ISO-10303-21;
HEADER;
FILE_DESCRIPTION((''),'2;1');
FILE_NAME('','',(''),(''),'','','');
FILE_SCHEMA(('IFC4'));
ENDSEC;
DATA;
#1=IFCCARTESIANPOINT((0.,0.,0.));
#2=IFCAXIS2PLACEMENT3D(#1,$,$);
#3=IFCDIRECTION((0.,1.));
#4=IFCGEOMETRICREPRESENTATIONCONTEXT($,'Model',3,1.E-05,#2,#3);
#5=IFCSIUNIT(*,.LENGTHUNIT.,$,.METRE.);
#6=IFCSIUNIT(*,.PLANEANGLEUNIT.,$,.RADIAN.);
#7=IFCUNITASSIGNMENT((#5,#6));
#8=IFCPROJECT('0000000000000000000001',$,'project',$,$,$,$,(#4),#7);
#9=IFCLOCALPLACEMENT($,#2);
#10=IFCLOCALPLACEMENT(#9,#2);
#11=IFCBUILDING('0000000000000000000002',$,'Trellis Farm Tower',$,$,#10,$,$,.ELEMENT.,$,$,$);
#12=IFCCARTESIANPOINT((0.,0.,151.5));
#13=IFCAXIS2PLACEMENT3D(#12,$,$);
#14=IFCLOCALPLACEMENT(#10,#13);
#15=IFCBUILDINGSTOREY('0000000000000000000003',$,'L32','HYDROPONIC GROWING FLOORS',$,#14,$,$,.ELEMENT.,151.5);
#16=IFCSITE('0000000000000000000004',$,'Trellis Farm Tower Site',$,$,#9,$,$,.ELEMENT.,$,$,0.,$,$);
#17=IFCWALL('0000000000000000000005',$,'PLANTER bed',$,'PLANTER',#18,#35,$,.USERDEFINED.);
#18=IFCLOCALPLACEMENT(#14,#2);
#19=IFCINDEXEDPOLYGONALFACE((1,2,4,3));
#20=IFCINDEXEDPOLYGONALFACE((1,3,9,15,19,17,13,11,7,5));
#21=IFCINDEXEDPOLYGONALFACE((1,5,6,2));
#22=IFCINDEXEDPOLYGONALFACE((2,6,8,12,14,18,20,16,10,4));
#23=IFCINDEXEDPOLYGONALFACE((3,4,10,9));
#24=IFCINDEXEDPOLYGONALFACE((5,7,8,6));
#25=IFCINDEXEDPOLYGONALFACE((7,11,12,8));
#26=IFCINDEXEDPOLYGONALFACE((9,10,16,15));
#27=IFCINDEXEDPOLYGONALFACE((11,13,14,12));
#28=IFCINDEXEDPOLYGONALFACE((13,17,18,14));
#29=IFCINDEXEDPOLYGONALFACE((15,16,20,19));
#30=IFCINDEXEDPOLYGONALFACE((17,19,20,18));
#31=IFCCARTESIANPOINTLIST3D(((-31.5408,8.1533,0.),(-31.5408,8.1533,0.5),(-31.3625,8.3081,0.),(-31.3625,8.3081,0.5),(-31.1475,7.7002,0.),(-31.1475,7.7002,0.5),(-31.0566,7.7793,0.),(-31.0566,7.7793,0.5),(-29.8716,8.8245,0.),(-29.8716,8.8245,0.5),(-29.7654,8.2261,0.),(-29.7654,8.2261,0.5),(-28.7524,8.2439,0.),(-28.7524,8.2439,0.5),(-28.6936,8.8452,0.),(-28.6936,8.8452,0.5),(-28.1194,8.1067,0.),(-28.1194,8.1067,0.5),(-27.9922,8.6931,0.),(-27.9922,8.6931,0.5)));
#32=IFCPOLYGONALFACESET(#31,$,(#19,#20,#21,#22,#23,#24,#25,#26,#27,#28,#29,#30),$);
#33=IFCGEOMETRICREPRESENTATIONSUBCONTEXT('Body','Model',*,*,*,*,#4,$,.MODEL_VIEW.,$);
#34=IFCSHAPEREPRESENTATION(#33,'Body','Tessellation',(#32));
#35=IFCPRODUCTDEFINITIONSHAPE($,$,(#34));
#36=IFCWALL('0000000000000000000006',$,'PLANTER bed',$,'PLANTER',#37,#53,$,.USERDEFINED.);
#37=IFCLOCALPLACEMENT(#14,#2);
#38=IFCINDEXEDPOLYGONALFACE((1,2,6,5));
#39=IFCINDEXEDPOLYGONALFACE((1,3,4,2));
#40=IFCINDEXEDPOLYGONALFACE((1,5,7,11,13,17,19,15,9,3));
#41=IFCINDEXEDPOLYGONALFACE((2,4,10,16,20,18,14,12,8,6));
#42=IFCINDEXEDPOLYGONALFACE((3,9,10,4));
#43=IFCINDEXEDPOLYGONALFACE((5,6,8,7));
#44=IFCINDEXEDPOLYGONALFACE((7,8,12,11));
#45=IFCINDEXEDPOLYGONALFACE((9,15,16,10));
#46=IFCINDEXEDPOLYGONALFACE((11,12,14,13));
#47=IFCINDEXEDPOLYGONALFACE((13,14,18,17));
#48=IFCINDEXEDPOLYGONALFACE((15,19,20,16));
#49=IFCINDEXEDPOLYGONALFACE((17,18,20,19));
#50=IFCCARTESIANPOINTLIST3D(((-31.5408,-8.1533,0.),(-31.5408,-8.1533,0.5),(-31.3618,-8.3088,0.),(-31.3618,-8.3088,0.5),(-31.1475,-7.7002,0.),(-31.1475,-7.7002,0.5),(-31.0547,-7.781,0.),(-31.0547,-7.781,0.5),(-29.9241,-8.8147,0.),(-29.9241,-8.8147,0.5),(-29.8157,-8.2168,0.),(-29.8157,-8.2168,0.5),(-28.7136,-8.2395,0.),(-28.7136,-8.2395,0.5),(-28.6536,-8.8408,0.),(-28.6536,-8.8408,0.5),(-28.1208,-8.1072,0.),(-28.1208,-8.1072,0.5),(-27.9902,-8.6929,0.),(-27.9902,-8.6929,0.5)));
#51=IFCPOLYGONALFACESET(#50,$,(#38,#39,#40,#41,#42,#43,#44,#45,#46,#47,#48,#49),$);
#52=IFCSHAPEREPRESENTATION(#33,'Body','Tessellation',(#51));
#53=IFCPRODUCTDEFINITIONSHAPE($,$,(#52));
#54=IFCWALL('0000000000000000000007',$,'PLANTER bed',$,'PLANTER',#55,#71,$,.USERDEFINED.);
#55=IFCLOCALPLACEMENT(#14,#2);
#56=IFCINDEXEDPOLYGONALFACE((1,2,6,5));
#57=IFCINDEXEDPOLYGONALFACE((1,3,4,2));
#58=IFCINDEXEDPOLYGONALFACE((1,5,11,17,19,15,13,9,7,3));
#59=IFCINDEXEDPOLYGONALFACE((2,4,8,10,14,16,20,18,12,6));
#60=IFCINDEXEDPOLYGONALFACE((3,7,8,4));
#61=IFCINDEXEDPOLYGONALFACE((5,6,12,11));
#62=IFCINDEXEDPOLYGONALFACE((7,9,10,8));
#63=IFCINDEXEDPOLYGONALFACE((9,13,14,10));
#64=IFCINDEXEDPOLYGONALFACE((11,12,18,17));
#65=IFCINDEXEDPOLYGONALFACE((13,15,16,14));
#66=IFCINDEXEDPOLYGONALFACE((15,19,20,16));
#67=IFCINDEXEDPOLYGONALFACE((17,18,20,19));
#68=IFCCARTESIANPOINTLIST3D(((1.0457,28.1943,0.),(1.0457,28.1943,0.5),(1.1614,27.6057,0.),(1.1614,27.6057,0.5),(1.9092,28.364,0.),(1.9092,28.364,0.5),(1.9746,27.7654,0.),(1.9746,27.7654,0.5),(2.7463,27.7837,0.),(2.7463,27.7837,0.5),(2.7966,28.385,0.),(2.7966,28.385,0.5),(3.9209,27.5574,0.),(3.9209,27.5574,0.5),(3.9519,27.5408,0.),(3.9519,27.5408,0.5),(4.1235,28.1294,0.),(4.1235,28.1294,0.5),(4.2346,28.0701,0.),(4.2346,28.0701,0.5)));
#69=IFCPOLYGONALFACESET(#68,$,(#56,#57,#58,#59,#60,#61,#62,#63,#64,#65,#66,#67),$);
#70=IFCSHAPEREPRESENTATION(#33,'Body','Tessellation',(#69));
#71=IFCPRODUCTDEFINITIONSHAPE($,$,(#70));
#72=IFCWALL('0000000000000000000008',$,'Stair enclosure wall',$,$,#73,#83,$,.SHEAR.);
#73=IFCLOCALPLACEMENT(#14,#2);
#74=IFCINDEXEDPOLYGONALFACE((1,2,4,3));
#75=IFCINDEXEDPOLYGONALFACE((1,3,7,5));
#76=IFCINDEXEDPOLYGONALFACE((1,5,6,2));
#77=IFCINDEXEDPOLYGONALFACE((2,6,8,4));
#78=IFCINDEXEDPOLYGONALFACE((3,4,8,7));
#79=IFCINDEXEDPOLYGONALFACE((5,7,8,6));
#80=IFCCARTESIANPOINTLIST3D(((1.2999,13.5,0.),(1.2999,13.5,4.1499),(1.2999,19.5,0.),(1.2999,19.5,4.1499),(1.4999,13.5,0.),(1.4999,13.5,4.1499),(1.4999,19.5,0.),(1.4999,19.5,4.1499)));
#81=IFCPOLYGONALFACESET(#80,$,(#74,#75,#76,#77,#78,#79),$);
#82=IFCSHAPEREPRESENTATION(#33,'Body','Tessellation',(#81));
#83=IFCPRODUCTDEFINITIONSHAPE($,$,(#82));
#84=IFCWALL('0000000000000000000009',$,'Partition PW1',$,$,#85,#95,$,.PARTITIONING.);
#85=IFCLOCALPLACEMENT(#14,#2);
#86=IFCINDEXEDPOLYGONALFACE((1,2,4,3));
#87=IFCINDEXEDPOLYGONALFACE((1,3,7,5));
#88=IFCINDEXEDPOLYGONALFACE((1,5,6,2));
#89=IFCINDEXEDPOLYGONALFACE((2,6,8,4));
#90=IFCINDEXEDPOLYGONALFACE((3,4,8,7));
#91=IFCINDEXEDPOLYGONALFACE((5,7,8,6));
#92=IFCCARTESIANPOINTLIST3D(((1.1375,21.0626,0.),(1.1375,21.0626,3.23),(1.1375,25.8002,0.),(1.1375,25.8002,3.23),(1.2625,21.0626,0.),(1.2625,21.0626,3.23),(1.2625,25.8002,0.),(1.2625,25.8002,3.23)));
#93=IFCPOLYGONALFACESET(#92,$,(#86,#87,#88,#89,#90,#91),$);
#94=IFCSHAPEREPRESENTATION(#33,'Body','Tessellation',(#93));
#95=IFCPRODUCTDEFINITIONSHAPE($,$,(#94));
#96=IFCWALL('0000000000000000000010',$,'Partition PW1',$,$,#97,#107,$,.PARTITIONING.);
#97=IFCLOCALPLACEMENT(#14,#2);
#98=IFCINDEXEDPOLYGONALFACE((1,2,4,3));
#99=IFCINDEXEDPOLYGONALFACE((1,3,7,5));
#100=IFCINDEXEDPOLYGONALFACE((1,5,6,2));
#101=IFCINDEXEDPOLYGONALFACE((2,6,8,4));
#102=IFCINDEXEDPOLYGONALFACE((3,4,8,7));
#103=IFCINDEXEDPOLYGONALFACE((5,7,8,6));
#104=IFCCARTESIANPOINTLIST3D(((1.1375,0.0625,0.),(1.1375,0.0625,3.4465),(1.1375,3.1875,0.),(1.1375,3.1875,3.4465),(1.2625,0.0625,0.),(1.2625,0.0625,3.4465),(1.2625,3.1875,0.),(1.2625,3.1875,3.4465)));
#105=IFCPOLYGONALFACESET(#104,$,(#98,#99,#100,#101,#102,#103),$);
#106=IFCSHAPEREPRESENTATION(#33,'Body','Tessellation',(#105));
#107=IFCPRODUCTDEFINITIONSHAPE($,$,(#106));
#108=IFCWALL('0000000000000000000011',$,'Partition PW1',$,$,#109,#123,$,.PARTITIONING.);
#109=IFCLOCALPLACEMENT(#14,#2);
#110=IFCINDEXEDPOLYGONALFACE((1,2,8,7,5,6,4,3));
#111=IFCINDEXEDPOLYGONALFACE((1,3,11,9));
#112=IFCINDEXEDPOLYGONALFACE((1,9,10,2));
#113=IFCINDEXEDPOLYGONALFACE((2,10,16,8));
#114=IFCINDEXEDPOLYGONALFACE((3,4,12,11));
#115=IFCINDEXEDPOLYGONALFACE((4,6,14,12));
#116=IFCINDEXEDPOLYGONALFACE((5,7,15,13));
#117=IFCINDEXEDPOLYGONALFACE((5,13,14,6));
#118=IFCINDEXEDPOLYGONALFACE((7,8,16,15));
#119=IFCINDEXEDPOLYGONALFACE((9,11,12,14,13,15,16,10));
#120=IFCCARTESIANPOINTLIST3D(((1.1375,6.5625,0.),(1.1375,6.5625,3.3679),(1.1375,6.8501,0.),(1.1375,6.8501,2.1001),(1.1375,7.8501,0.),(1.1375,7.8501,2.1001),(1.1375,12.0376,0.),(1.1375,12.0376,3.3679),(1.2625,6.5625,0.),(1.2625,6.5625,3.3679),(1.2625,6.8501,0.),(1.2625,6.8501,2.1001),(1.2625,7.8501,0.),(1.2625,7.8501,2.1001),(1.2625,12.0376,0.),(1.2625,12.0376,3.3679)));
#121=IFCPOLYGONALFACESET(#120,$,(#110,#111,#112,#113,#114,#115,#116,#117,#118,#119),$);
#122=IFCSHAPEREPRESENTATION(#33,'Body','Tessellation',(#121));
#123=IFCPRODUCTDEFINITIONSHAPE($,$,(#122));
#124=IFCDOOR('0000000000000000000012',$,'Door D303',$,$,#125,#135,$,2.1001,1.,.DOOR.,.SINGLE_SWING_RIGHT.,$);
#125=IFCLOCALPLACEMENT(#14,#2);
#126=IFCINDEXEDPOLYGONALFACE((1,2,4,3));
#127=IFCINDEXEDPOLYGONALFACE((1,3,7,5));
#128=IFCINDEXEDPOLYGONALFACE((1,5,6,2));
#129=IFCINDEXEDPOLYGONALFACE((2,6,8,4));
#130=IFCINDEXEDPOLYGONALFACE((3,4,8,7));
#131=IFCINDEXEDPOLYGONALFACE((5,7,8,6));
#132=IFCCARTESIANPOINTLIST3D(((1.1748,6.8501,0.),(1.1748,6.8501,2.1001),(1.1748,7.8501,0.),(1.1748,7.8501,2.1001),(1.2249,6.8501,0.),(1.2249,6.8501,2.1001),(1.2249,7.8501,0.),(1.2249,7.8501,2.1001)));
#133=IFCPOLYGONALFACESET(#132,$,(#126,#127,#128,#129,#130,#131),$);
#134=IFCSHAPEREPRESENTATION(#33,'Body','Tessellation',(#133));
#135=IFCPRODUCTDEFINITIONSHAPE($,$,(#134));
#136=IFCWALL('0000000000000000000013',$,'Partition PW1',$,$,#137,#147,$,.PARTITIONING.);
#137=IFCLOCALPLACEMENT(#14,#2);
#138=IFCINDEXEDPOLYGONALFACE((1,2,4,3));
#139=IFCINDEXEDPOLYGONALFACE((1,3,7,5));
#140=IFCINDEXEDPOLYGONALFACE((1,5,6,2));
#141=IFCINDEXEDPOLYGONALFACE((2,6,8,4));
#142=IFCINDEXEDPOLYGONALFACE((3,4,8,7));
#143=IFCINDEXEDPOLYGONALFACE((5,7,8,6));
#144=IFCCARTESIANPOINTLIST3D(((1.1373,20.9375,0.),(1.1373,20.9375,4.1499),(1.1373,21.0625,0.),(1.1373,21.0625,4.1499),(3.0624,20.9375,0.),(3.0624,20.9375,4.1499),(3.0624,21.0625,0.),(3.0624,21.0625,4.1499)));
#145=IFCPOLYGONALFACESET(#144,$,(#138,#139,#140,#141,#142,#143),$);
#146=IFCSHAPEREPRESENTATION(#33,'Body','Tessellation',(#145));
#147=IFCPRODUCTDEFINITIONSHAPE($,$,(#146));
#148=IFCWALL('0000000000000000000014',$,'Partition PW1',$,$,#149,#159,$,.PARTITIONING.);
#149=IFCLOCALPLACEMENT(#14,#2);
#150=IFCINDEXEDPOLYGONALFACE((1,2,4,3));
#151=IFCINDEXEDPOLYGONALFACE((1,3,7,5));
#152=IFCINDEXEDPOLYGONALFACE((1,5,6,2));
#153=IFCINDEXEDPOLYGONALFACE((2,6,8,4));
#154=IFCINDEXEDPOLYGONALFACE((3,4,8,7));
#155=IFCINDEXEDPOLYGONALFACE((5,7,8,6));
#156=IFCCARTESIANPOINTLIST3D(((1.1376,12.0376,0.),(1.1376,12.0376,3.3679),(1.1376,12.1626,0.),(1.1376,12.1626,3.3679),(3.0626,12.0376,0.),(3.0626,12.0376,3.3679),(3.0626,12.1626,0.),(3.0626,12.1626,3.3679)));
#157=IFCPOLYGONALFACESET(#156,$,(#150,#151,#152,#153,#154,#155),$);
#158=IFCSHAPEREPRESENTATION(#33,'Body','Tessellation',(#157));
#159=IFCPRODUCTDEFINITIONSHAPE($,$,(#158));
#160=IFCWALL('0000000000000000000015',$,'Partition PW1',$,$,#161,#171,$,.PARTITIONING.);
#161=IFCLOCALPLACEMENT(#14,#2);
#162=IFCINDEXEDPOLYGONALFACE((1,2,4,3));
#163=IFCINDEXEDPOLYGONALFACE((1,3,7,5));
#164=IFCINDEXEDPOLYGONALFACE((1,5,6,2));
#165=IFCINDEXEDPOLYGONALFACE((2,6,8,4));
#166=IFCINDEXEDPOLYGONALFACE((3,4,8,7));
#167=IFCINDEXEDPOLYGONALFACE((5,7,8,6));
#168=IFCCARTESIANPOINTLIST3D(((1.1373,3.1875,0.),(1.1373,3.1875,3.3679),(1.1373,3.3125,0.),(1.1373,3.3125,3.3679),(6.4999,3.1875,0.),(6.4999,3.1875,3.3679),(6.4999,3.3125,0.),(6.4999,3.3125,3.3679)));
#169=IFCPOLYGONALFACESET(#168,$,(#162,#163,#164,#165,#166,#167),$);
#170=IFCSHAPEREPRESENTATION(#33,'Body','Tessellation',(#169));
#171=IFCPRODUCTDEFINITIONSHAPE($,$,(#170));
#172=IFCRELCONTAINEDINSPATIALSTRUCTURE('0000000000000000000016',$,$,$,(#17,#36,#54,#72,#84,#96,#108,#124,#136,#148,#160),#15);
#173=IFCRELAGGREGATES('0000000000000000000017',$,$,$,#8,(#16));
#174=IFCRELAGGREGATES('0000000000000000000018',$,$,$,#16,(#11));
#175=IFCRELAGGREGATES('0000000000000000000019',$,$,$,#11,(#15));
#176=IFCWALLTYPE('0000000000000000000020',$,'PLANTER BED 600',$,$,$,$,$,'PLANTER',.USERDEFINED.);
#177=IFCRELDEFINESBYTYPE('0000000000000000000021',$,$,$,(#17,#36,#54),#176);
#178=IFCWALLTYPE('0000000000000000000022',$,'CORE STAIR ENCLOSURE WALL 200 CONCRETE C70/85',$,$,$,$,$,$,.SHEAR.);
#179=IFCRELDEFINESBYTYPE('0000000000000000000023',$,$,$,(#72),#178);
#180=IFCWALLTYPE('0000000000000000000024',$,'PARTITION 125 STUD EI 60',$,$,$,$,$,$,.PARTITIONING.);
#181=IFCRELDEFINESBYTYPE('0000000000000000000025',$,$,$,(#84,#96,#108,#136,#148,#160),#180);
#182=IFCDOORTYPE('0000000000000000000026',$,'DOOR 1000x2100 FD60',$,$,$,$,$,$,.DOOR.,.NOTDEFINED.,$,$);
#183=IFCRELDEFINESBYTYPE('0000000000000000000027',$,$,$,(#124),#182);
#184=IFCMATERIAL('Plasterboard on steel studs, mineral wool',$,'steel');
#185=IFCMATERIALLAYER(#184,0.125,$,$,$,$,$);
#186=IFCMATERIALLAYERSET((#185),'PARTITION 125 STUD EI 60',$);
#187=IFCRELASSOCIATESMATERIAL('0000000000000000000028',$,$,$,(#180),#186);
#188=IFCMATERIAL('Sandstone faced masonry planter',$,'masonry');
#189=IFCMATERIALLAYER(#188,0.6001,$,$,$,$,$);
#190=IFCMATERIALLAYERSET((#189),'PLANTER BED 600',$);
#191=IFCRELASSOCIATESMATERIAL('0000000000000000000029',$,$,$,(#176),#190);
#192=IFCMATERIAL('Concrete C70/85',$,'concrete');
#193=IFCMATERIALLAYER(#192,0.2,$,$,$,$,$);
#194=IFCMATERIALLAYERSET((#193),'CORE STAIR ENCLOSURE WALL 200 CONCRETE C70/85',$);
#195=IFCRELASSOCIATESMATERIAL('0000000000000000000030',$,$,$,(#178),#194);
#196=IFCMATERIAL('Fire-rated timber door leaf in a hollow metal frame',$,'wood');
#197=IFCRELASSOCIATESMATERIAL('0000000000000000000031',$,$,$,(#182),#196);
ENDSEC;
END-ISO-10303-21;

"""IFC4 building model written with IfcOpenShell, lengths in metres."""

from ifc_helpers import new_model, si_unit, direction, frame, frame_2d, origin, place, context, subcontext, project, spatial, polyline, rectangle, outline, extrude, source, transform, mapped, material, layer, layer_set, type_object, element, fill, save


model = new_model("IFC4")

# Units and contexts
model_context = context("Model", 3, precision=1e-05, world=origin(), true_north=direction((0.0, 1.0)))
body_context = subcontext(model_context, "Body", "Model", "MODEL_VIEW")
ifc_project = project(units=[si_unit("LENGTHUNIT", "METRE"), si_unit("PLANEANGLEUNIT", "RADIAN")], contexts=[model_context])

# Site, building, storey
site_placement = place(None, origin())
site = spatial("IfcSite", under=ifc_project, at=site_placement, Name="Trellis Farm Tower Site", CompositionType="ELEMENT", RefElevation=0.0)
building_placement = place(site_placement, origin())
building = spatial("IfcBuilding", under=site, at=building_placement, Name="Trellis Farm Tower", CompositionType="ELEMENT")
storey_placement = place(building_placement, frame((0.0, 0.0, 151.5)))
storey = spatial("IfcBuildingStorey", under=building, at=storey_placement, Name="L32", Description="HYDROPONIC GROWING FLOORS", CompositionType="ELEMENT", Elevation=151.5)

# Shared definitions
placement = place(storey_placement, origin())

# Shared definitions
ifc_material_1 = material(Name="Plasterboard on steel studs, mineral wool", Category="steel")
ifc_layer_1 = layer(ifc_material_1, 0.125)
ifc_layer_set_1 = layer_set([ifc_layer_1], Name="PARTITION 125 STUD EI 60")
wall_type_1 = type_object("IfcWallType", Name="PARTITION 125 STUD EI 60", PredefinedType="PARTITIONING", material=ifc_layer_set_1)
shared_shape_1 = source(origin(), body_context, "Body", "SweptSolid", [
    extrude(rectangle(XDim=1.0, YDim=2.1001, at=frame_2d((0.5, 1.05))), frame((0.0, 0.0725, 0.0), z_axis=(0.0, -1.0, 0.0), x_axis=(1.0, 0.0, 0.0)), (0.0, 0.0, 1.0), 0.145),
])
ifc_material_2 = material(Name="Fire-rated timber door leaf in a hollow metal frame", Category="wood")
shared_shape_2 = source(origin(), body_context, "Body", "SweptSolid", [
    extrude(rectangle(XDim=1.0, YDim=2.1001, at=frame_2d((0.5, 1.05))), frame((0.0, 0.0249, 0.0), z_axis=(0.0, -1.0, 0.0), x_axis=(1.0, 0.0, 0.0)), (0.0, 0.0, 1.0), 0.05),
])

# Walls
ifc_material_3 = material(Name="Sandstone faced masonry planter", Category="masonry")
ifc_layer_2 = layer(ifc_material_3, 0.6001)
ifc_layer_set_2 = layer_set([ifc_layer_2], Name="PLANTER BED 600")
wall_type_2 = type_object("IfcWallType", Name="PLANTER BED 600", ElementType="PLANTER", PredefinedType="USERDEFINED", material=ifc_layer_set_2)
element("IfcWall", 1, at=placement, inside=storey, type_object=wall_type_2, Name="PLANTER bed", ObjectType="PLANTER", PredefinedType="USERDEFINED", context=body_context, shape_type="SweptSolid", body=[
    extrude(outline(polyline([(-31.3625, 8.3081), (-29.8716, 8.8245), (-28.6936, 8.8452), (-27.9922, 8.6931), (-28.1194, 8.1067), (-28.7524, 8.2439), (-29.7654, 8.2261), (-31.0566, 7.7793), (-31.1475, 7.7002), (-31.5408, 8.1533), (-31.3625, 8.3081)])), origin(), (0.0, 0.0, 1.0), 0.5),
])
element("IfcWall", 2, at=placement, inside=storey, type_object=wall_type_2, Name="PLANTER bed", ObjectType="PLANTER", PredefinedType="USERDEFINED", context=body_context, shape_type="SweptSolid", body=[
    extrude(outline(polyline([(-29.9241, -8.8147), (-31.3618, -8.3088), (-31.5408, -8.1533), (-31.1475, -7.7002), (-31.0547, -7.781), (-29.8157, -8.2168), (-28.7136, -8.2395), (-28.1208, -8.1072), (-27.9902, -8.6929), (-28.6536, -8.8408), (-29.9241, -8.8147)])), origin(), (0.0, 0.0, 1.0), 0.5),
])
element("IfcWall", 3, at=placement, inside=storey, type_object=wall_type_2, Name="PLANTER bed", ObjectType="PLANTER", PredefinedType="USERDEFINED", context=body_context, shape_type="SweptSolid", body=[
    extrude(outline(polyline([(2.7966, 28.385), (4.1235, 28.1294), (4.2346, 28.0701), (3.9519, 27.5408), (3.9209, 27.5574), (2.7463, 27.7837), (1.9746, 27.7654), (1.1614, 27.6057), (1.0457, 28.1943), (1.9092, 28.364), (2.7966, 28.385)])), origin(), (0.0, 0.0, 1.0), 0.5),
])
ifc_material_4 = material(Name="Concrete C70/85", Category="concrete")
ifc_layer_3 = layer(ifc_material_4, 0.2)
ifc_layer_set_3 = layer_set([ifc_layer_3], Name="CORE STAIR ENCLOSURE WALL 200 CONCRETE C70/85")
wall_type_3 = type_object("IfcWallType", Name="CORE STAIR ENCLOSURE WALL 200 CONCRETE C70/85", PredefinedType="SHEAR", material=ifc_layer_set_3)
shared_shape_3 = source(origin(), body_context, "Body", "SweptSolid", [
    extrude(rectangle(XDim=6.0, YDim=0.2, at=frame_2d((3.0, 0.0))), origin(), (0.0, 0.0, 1.0), 4.1499),
])
wall_1_placement = place(storey_placement, frame((1.3999, 13.5, 0.0), z_axis=(0.0, 0.0, 1.0), x_axis=(0.0, 1.0, 0.0)))
element("IfcWall", 4, at=wall_1_placement, inside=storey, type_object=wall_type_3, Name="Stair enclosure wall", PredefinedType="SHEAR", context=body_context, shape_type="MappedRepresentation", body=[
    mapped(shared_shape_3, transform((0.0, 0.0, 0.0))),
])
shared_shape_4 = source(origin(), body_context, "Body", "SweptSolid", [
    extrude(rectangle(XDim=4.7375, YDim=0.125, at=frame_2d((2.3687, 0.0))), origin(), (0.0, 0.0, 1.0), 3.23),
])
wall_2_placement = place(storey_placement, frame((1.2, 25.8, 0.0), z_axis=(0.0, 0.0, 1.0), x_axis=(0.0, -1.0, 0.0)))
element("IfcWall", 5, at=wall_2_placement, inside=storey, type_object=wall_type_1, Name="Partition PW1", PredefinedType="PARTITIONING", context=body_context, shape_type="MappedRepresentation", body=[
    mapped(shared_shape_4, transform((0.0, 0.0, 0.0))),
])
shared_shape_5 = source(origin(), body_context, "Body", "SweptSolid", [
    extrude(rectangle(XDim=3.125, YDim=0.125, at=frame_2d((1.5625, 0.0))), origin(), (0.0, 0.0, 1.0), 3.4465),
])
wall_3_placement = place(storey_placement, frame((1.2, 3.1875, 0.0), z_axis=(0.0, 0.0, 1.0), x_axis=(0.0, -1.0, 0.0)))
element("IfcWall", 6, at=wall_3_placement, inside=storey, type_object=wall_type_1, Name="Partition PW1", PredefinedType="PARTITIONING", context=body_context, shape_type="MappedRepresentation", body=[
    mapped(shared_shape_5, transform((0.0, 0.0, 0.0))),
])

# Wall, opening, door
shared_shape_6 = source(origin(), body_context, "Body", "SweptSolid", [
    extrude(rectangle(XDim=5.4751, YDim=0.125, at=frame_2d((2.7375, 0.0))), origin(), (0.0, 0.0, 1.0), 3.3679),
])
wall_4_placement = place(storey_placement, frame((1.2, 12.0376, 0.0), z_axis=(0.0, 0.0, 1.0), x_axis=(0.0, -1.0, 0.0)))
wall_4 = element("IfcWall", 7, at=wall_4_placement, inside=storey, type_object=wall_type_1, Name="Partition PW1", PredefinedType="PARTITIONING", context=body_context, shape_type="MappedRepresentation", body=[
    mapped(shared_shape_6, transform((0.0, 0.0, 0.0))),
])
opening_1_placement = place(wall_4_placement, frame((4.1875, 0.0, 0.0)))
opening_1 = element("IfcOpeningElement", 8, at=opening_1_placement, cuts=wall_4, PredefinedType="OPENING", context=body_context, shape_type="MappedRepresentation", body=[
    mapped(shared_shape_1, transform((0.0, 0.0, 0.0))),
])
door_type_1 = type_object("IfcDoorType", Name="DOOR 1000x2100 FD60", OperationType="NOTDEFINED", PredefinedType="DOOR", material=ifc_material_2)
door_1_placement = place(opening_1_placement, origin())
door_1 = element("IfcDoor", 9, at=door_1_placement, inside=storey, type_object=door_type_1, Name="Door D303", OperationType="SINGLE_SWING_RIGHT", OverallHeight=2.1001, OverallWidth=1.0, PredefinedType="DOOR", context=body_context, shape_type="MappedRepresentation", body=[
    mapped(shared_shape_2, transform((0.0, 0.0, 0.0))),
])
fill(opening_1, door_1)

# Walls
shared_shape_7 = source(origin(), body_context, "Body", "SweptSolid", [
    extrude(rectangle(XDim=1.925, YDim=0.125, at=frame_2d((0.9624, 0.0))), origin(), (0.0, 0.0, 1.0), 4.1499),
])
wall_5_placement = place(storey_placement, frame((1.1375, 21.0, 0.0), z_axis=(0.0, 0.0, 1.0), x_axis=(1.0, 0.0, 0.0)))
element("IfcWall", 10, at=wall_5_placement, inside=storey, type_object=wall_type_1, Name="Partition PW1", PredefinedType="PARTITIONING", context=body_context, shape_type="MappedRepresentation", body=[
    mapped(shared_shape_7, transform((0.0, 0.0, 0.0))),
])
shared_shape_8 = source(origin(), body_context, "Body", "SweptSolid", [
    extrude(rectangle(XDim=1.925, YDim=0.125, at=frame_2d((0.9624, 0.0))), origin(), (0.0, 0.0, 1.0), 3.3679),
])
wall_6_placement = place(storey_placement, frame((3.0625, 12.1001, 0.0), z_axis=(0.0, 0.0, 1.0), x_axis=(-1.0, 0.0, 0.0)))
element("IfcWall", 11, at=wall_6_placement, inside=storey, type_object=wall_type_1, Name="Partition PW1", PredefinedType="PARTITIONING", context=body_context, shape_type="MappedRepresentation", body=[
    mapped(shared_shape_8, transform((0.0, 0.0, 0.0))),
])
shared_shape_9 = source(origin(), body_context, "Body", "SweptSolid", [
    extrude(rectangle(XDim=5.3625, YDim=0.125, at=frame_2d((2.6812, 0.0))), origin(), (0.0, 0.0, 1.0), 3.3679),
])
wall_7_placement = place(storey_placement, frame((1.1375, 3.25, 0.0), z_axis=(0.0, 0.0, 1.0), x_axis=(1.0, 0.0, 0.0)))
element("IfcWall", 12, at=wall_7_placement, inside=storey, type_object=wall_type_1, Name="Partition PW1", PredefinedType="PARTITIONING", context=body_context, shape_type="MappedRepresentation", body=[
    mapped(shared_shape_9, transform((0.0, 0.0, 0.0))),
])

save(model, "model.ifc")
